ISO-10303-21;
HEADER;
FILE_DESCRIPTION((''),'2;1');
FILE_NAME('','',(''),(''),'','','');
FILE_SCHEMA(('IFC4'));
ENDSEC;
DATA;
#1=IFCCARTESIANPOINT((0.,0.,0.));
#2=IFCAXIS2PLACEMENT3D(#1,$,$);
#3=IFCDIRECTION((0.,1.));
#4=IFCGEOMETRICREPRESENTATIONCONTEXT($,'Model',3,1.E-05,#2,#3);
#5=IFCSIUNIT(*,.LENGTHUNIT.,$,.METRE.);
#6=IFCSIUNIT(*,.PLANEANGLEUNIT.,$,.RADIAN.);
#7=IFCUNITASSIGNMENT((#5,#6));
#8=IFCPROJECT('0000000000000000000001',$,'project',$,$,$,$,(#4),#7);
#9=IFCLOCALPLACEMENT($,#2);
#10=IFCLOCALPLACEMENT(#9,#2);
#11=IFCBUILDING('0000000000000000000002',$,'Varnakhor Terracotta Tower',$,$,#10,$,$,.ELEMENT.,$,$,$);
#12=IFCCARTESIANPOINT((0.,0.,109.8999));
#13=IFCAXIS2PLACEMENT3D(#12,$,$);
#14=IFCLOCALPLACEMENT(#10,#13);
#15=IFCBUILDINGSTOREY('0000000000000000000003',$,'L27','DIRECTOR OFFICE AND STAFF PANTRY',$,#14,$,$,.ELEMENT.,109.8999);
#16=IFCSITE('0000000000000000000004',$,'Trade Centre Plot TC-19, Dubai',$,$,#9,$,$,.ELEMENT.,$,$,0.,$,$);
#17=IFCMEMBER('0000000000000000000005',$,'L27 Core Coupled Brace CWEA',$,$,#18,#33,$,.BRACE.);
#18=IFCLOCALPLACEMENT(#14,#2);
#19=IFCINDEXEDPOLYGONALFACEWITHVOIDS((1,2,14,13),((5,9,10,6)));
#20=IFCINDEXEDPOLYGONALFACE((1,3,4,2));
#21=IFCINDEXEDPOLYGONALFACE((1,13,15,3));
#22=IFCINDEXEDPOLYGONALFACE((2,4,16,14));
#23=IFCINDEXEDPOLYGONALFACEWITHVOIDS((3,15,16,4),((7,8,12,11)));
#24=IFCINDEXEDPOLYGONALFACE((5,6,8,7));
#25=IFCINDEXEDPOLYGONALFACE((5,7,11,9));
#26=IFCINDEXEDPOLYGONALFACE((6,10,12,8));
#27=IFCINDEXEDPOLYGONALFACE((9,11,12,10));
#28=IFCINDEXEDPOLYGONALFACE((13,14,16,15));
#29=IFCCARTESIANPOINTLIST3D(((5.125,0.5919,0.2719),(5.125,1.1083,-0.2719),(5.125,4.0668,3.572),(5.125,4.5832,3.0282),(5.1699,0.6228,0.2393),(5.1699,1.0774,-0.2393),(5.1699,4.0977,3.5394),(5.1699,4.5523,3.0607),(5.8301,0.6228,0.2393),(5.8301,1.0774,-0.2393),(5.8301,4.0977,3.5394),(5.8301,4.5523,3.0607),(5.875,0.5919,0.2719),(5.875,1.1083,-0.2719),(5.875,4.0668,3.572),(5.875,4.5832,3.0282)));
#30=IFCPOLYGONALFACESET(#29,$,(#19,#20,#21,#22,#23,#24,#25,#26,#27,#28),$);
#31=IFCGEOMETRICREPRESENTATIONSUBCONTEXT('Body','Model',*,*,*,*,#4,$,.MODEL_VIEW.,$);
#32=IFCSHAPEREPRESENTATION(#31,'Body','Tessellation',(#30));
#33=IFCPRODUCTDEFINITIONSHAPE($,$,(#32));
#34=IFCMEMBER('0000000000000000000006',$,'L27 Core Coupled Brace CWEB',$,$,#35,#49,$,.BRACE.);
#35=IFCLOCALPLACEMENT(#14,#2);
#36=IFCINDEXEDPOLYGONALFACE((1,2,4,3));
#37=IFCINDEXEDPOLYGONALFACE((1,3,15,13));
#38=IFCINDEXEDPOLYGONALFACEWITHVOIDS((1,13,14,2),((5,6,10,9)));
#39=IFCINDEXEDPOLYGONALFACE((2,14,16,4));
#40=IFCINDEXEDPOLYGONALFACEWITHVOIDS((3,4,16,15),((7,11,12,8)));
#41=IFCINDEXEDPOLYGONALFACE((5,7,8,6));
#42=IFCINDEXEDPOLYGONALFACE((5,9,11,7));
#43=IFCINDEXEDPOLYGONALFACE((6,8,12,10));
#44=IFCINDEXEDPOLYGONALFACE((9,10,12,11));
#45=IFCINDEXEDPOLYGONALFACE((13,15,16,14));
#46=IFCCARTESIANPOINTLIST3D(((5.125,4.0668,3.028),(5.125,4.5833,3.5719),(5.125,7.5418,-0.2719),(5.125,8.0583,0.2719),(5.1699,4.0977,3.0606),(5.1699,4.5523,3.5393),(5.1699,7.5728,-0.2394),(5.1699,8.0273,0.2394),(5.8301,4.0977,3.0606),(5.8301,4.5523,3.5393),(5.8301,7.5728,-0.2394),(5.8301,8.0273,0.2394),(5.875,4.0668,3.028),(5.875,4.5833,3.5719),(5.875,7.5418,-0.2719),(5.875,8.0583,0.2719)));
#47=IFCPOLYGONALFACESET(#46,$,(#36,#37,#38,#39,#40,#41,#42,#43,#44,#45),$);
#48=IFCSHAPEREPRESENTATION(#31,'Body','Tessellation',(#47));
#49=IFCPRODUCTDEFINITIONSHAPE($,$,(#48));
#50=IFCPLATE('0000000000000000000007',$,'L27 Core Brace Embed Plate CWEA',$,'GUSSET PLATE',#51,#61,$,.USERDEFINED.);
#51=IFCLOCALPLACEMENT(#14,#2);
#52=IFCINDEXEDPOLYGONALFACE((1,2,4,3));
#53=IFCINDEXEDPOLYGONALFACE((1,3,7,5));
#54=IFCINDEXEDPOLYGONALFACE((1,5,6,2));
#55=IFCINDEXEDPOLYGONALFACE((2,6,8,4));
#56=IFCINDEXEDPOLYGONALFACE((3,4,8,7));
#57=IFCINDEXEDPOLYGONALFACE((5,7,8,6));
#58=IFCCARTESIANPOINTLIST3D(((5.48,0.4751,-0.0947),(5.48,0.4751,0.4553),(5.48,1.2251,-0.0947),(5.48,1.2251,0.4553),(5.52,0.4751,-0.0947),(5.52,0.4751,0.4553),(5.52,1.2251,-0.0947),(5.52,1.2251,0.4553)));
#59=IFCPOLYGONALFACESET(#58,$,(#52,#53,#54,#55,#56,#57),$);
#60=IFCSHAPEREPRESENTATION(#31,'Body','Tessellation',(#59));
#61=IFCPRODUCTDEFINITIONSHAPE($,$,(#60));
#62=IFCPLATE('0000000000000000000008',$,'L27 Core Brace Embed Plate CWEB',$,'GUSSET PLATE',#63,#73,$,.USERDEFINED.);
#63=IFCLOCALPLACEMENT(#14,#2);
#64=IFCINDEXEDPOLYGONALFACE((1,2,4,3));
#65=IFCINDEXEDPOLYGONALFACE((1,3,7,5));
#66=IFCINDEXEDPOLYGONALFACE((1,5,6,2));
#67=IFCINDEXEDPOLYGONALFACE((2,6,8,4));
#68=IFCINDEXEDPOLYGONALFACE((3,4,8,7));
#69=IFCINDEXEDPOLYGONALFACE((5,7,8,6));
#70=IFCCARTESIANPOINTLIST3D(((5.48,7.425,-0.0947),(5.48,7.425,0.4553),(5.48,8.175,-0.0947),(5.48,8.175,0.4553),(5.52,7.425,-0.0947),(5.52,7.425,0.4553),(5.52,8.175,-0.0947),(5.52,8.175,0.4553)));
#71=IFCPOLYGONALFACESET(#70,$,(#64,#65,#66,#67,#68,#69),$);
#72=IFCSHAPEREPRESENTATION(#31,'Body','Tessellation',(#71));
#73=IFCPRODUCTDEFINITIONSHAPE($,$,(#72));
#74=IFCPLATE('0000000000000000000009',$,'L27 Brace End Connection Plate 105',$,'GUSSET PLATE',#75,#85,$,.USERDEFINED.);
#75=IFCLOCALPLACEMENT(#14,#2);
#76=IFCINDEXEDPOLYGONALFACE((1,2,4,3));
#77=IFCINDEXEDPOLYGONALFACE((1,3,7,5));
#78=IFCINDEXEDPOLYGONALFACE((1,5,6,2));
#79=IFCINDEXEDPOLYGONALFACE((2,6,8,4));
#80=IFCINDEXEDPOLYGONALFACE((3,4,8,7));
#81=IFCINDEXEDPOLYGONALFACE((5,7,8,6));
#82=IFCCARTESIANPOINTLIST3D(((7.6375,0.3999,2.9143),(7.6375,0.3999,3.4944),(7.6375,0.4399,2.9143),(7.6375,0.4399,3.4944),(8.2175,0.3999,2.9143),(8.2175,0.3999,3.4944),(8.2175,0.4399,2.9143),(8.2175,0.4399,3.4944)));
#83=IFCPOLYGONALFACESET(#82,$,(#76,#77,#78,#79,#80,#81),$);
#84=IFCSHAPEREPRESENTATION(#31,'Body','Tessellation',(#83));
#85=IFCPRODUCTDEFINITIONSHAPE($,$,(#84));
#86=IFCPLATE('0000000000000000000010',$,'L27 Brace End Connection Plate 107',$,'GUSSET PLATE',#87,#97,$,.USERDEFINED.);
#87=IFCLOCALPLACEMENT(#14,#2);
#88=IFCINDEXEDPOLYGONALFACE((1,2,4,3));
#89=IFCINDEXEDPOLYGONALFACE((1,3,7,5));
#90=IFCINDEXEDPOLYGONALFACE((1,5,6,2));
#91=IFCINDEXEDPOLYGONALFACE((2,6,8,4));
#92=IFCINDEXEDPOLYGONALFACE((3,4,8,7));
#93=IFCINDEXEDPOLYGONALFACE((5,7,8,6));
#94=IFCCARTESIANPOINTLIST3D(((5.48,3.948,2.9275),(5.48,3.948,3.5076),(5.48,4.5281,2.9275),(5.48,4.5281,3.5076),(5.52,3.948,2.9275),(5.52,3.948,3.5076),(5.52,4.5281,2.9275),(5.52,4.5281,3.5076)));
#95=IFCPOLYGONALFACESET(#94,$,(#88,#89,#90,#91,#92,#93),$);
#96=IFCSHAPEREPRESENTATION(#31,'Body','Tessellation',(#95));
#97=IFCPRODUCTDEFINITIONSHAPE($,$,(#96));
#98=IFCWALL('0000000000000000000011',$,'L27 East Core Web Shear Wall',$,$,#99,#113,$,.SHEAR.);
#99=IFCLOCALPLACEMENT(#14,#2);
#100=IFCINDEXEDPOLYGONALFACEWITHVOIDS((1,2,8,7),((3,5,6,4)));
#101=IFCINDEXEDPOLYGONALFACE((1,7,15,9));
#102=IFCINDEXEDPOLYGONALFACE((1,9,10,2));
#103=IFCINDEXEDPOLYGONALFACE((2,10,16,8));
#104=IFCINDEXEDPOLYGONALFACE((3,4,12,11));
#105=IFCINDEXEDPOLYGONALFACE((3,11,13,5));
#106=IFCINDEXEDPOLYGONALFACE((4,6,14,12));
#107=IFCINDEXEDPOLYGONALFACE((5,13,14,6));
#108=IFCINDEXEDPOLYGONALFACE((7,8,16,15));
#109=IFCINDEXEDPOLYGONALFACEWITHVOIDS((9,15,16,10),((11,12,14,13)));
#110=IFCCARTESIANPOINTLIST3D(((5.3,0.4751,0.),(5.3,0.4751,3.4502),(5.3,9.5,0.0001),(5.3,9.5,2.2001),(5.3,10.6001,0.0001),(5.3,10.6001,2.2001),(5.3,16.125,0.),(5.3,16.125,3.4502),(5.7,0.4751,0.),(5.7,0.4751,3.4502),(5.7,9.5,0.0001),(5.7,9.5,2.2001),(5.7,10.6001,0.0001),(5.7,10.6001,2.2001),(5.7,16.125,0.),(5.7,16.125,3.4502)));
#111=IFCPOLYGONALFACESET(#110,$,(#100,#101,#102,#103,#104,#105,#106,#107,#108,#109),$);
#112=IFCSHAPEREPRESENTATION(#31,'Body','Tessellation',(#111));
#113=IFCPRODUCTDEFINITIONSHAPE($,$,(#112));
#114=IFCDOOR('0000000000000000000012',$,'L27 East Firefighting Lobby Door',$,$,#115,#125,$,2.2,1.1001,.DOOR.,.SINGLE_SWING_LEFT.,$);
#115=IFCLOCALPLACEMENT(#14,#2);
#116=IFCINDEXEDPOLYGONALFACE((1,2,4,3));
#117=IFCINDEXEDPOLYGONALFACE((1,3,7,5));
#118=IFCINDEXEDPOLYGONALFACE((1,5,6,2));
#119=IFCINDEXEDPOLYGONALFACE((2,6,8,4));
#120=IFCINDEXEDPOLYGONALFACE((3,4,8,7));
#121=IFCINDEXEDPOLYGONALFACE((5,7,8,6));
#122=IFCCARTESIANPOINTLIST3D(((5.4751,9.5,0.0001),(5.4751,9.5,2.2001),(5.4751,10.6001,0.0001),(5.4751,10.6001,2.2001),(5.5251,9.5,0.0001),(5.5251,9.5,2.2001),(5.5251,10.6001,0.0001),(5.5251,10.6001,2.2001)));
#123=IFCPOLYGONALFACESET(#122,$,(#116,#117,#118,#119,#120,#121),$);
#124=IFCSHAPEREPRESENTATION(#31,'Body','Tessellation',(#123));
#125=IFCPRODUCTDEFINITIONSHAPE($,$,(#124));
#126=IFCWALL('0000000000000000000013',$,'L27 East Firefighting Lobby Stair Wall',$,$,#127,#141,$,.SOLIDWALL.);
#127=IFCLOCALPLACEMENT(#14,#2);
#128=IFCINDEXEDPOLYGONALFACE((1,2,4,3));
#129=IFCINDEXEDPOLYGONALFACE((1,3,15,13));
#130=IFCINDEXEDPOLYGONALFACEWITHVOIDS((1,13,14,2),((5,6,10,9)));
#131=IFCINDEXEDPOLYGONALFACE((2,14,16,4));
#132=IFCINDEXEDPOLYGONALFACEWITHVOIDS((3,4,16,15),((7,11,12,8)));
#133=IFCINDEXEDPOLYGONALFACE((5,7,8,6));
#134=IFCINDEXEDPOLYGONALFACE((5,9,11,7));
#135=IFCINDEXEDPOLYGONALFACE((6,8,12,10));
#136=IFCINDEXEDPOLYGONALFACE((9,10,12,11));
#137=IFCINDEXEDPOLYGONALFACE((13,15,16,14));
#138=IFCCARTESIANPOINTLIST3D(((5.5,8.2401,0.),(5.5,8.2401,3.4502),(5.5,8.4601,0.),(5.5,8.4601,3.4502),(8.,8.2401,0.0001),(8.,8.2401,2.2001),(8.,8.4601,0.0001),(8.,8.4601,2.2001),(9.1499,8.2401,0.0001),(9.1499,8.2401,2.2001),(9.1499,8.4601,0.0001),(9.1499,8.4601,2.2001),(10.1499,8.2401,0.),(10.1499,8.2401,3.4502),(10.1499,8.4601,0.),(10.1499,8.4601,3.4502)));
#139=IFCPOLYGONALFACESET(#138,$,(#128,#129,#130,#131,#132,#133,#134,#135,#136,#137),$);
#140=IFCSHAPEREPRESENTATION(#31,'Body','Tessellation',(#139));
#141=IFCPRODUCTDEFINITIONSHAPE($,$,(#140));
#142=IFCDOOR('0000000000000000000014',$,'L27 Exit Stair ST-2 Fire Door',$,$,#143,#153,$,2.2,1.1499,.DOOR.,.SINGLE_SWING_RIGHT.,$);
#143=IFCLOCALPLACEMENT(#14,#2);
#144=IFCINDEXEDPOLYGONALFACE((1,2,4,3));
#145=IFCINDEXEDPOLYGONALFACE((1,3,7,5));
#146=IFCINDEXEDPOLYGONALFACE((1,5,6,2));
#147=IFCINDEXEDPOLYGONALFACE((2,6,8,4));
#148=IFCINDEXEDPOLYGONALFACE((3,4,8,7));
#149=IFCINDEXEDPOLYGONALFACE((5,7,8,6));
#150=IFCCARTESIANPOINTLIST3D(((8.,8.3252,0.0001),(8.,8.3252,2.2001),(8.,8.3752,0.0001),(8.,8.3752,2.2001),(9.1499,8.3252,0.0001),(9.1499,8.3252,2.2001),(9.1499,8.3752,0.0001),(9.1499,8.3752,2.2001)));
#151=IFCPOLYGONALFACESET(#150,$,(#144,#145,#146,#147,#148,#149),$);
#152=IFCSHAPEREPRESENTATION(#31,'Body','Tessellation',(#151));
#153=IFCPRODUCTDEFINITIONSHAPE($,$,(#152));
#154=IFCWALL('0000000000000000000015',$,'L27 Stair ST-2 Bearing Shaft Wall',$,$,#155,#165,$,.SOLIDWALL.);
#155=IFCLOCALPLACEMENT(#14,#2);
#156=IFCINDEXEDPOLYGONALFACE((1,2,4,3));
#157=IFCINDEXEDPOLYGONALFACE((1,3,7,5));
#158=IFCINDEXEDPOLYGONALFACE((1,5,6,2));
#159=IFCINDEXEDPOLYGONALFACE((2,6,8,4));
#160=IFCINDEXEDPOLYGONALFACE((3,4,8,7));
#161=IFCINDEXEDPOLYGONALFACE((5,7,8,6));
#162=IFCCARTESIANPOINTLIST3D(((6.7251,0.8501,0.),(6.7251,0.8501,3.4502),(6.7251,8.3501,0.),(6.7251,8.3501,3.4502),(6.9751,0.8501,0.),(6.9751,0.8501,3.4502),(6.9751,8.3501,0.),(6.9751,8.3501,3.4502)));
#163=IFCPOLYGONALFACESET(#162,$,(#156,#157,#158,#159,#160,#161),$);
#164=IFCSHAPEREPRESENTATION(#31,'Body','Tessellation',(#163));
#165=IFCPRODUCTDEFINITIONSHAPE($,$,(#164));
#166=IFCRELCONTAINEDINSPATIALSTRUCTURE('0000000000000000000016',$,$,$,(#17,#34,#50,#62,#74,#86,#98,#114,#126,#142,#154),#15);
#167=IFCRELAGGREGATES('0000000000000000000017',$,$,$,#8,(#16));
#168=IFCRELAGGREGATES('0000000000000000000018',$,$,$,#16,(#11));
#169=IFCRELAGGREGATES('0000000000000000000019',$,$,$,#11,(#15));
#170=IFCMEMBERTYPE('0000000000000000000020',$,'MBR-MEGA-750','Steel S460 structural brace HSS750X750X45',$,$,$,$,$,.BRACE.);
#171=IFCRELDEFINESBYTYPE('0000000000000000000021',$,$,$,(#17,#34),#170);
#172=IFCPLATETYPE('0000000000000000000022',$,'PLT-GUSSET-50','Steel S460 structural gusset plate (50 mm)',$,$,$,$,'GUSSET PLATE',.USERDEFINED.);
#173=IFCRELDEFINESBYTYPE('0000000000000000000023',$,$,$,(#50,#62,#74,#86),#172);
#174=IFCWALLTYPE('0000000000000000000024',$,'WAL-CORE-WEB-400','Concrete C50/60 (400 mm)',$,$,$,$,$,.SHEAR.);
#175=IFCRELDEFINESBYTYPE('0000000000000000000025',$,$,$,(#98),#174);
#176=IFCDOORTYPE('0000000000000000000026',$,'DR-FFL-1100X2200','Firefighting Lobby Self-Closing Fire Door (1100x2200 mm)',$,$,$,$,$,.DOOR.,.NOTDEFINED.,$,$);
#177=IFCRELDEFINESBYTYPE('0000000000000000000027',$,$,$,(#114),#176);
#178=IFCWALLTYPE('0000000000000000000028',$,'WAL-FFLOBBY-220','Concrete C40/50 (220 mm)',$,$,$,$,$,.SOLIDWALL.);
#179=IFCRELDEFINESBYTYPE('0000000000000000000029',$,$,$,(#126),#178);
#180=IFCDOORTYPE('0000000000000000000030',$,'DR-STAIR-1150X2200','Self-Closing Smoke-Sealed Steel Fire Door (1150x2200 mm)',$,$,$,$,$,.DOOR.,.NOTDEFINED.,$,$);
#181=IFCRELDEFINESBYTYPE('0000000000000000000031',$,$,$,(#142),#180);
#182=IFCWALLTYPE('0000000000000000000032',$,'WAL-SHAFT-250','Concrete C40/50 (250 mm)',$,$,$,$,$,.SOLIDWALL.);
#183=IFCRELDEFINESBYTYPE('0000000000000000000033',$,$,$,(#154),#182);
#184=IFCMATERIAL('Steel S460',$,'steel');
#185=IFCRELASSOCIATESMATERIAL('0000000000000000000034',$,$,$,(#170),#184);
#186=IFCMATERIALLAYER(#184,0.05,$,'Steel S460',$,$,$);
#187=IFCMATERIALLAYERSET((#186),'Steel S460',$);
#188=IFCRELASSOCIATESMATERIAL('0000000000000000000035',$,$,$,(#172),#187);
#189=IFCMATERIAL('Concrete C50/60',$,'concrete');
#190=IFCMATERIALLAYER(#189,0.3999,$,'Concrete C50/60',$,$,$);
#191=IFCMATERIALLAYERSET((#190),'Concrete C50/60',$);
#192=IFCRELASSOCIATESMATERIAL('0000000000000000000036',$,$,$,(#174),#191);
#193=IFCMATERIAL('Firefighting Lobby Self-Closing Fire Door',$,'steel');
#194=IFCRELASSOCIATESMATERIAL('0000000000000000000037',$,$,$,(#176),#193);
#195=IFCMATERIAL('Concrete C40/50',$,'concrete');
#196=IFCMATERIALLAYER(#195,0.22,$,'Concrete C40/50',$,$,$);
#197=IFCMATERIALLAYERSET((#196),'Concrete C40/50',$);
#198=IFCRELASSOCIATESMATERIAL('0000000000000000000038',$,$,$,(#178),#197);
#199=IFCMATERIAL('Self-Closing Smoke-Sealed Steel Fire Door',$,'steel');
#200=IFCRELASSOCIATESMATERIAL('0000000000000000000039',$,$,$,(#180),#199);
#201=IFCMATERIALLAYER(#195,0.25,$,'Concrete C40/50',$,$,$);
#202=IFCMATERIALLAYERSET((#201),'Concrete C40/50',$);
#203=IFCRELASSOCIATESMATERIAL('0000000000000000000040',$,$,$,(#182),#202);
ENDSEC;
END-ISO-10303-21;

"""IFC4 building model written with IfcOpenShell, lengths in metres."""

from ifc_helpers import new_model, si_unit, direction, frame, frame_2d, origin, origin_2d, place, context, subcontext, project, spatial, rectangle, hollow_rectangle, extrude, source, transform, mapped, material, layer, layer_set, material_profile, profile_set, type_object, type_shapes, element, fill, save


model = new_model("IFC4")

# Units and contexts
model_context = context("Model", 3, precision=1e-05, world=origin(), true_north=direction((0.0, 1.0)))
body_context = subcontext(model_context, "Body", "Model", "MODEL_VIEW")
ifc_project = project(units=[si_unit("LENGTHUNIT", "METRE"), si_unit("PLANEANGLEUNIT", "RADIAN")], contexts=[model_context])

# Site, building, storey
site_placement = place(None, origin())
site = spatial("IfcSite", under=ifc_project, at=site_placement, Name="Trade Centre Plot TC-19, Dubai", CompositionType="ELEMENT", RefElevation=0.0)
building_placement = place(site_placement, origin())
building = spatial("IfcBuilding", under=site, at=building_placement, Name="Varnakhor Terracotta Tower", CompositionType="ELEMENT")
storey_placement = place(building_placement, frame((0.0, 0.0, 109.8999)))
storey = spatial("IfcBuildingStorey", under=building, at=storey_placement, Name="L27", Description="DIRECTOR OFFICE AND STAFF PANTRY", CompositionType="ELEMENT", Elevation=109.8999)

# Members
ifc_material_1 = material(Name="Steel S460", Category="steel")
ifc_material_profile = material_profile(ifc_material_1, hollow_rectangle(XDim=0.75, YDim=0.75, WallThickness=0.0449, at=origin_2d()), Name="HSS750X750X45")
ifc_profile_set = profile_set([ifc_material_profile], Name="Steel S460")
member_type = type_object("IfcMemberType", Name="MBR-MEGA-750", Description="Steel S460 structural brace HSS750X750X45", PredefinedType="BRACE", material=ifc_profile_set)
shared_shape_1 = source(origin(), body_context, "Body", "SweptSolid", [
    extrude(hollow_rectangle(XDim=0.75, YDim=0.75, WallThickness=0.0449, at=origin_2d()), origin(), (0.0, 0.0, 1.0), 4.7922),
])
for number, where, z_axis, x_axis, name in (
    (1, (5.5, 0.8501, 0.0), (0.0, 0.72511, 0.688633), (-1.0, 0.0, 0.0), "L27 Core Coupled Brace CWEA"),
    (2, (5.5, 7.8, 0.0), (0.0, -0.725134, 0.688608), (1.0, 0.0, 0.0), "L27 Core Coupled Brace CWEB"),
):
    element("IfcMember", number, at=place(storey_placement, frame(where, z_axis=z_axis, x_axis=x_axis)), inside=storey, type_object=member_type, Name=name, PredefinedType="BRACE", context=body_context, shape_type="MappedRepresentation", body=[
        mapped(shared_shape_1, transform((0.0, 0.0, 0.0), scale=1.0)),
    ])

# Plates
ifc_layer_1 = layer(ifc_material_1, 0.05, Name="Steel S460")
ifc_layer_set_1 = layer_set([ifc_layer_1], Name="Steel S460")
plate_type = type_object("IfcPlateType", Name="PLT-GUSSET-50", Description="Steel S460 structural gusset plate (50 mm)", ElementType="GUSSET PLATE", PredefinedType="USERDEFINED", material=ifc_layer_set_1)
shared_shape_2 = source(origin(), body_context, "Body", "SweptSolid", [
    extrude(rectangle(XDim=0.75, YDim=0.04, at=origin_2d()), origin(), (0.0, 0.0, 1.0), 0.55),
])
type_shapes(plate_type, [shared_shape_2])
for number, where, z_axis, x_axis, name in (
    (3, (5.5, 0.8501, -0.0947), (0.0, 0.0, 1.0), (0.0, 1.0, 0.0), "L27 Core Brace Embed Plate CWEA"),
    (4, (5.5, 7.8, -0.0947), (0.0, 0.0, 1.0), (0.0, 1.0, 0.0), "L27 Core Brace Embed Plate CWEB"),
):
    element("IfcPlate", number, at=place(storey_placement, frame(where, z_axis=z_axis, x_axis=x_axis)), inside=storey, type_object=plate_type, Name=name, ObjectType="GUSSET PLATE", PredefinedType="USERDEFINED", context=body_context, shape_type="MappedRepresentation", body=[
        mapped(shared_shape_2, transform((0.0, 0.0, 0.0), scale=1.0)),
    ])
shared_shape_3 = source(origin(), body_context, "Body", "SweptSolid", [
    extrude(rectangle(XDim=0.5801, YDim=0.04, at=origin_2d()), origin(), (0.0, 0.0, 1.0), 0.5801),
])
for number, where, z_axis, x_axis, name in (
    (5, (7.9275, 0.4199, 2.9143), (0.0, 0.0, 1.0), (1.0, 0.0, 0.0), "L27 Brace End Connection Plate 105"),
    (6, (5.5, 4.238, 2.9275), (0.0, 0.0, 1.0), (0.0, 1.0, 0.0), "L27 Brace End Connection Plate 107"),
):
    element("IfcPlate", number, at=place(storey_placement, frame(where, z_axis=z_axis, x_axis=x_axis)), inside=storey, type_object=plate_type, Name=name, ObjectType="GUSSET PLATE", PredefinedType="USERDEFINED", context=body_context, shape_type="MappedRepresentation", body=[
        mapped(shared_shape_3, transform((0.0, 0.0, 0.0), scale=1.0)),
    ])

# Walls, openings, doors
ifc_material_2 = material(Name="Concrete C50/60", Category="concrete")
ifc_layer_2 = layer(ifc_material_2, 0.3999, Name="Concrete C50/60")
ifc_layer_set_2 = layer_set([ifc_layer_2], Name="Concrete C50/60")
wall_type_1 = type_object("IfcWallType", Name="WAL-CORE-WEB-400", Description="Concrete C50/60 (400 mm)", PredefinedType="SHEAR", material=ifc_layer_set_2)
wall_1_placement = place(storey_placement, frame((5.5, 0.4751, 0.0), z_axis=(0.0, 0.0, 1.0), x_axis=(0.0, 1.0, 0.0)))
wall_1 = element("IfcWall", 7, at=wall_1_placement, inside=storey, type_object=wall_type_1, Name="L27 East Core Web Shear Wall", PredefinedType="SHEAR", context=body_context, shape_type="SweptSolid", body=[
    extrude(rectangle(XDim=15.6499, YDim=0.3999, at=frame_2d((7.825, 0.0))), origin(), (0.0, 0.0, 1.0), 3.4502),
])
opening_1_placement = place(wall_1_placement, frame((9.0249, 0.0, 0.0)))
opening_1 = element("IfcOpeningElement", 8, at=opening_1_placement, cuts=wall_1, PredefinedType="OPENING", context=body_context, shape_type="SweptSolid", body=[
    extrude(rectangle(XDim=1.1001, YDim=2.2, at=frame_2d((0.55, 1.1001))), frame((0.0, 0.21, 0.0), z_axis=(0.0, -1.0, 0.0), x_axis=(1.0, 0.0, 0.0)), (0.0, 0.0, 1.0), 0.4199),
])
ifc_material_3 = material(Name="Firefighting Lobby Self-Closing Fire Door", Category="steel")
door_type_1 = type_object("IfcDoorType", Name="DR-FFL-1100X2200", Description="Firefighting Lobby Self-Closing Fire Door (1100x2200 mm)", OperationType="NOTDEFINED", PredefinedType="DOOR", material=ifc_material_3)
shared_shape_4 = source(origin(), body_context, "Body", "SweptSolid", [
    extrude(rectangle(XDim=1.1001, YDim=2.2, at=frame_2d((0.55, 1.1001))), frame((0.0, 0.0249, 0.0), z_axis=(0.0, -1.0, 0.0), x_axis=(1.0, 0.0, 0.0)), (0.0, 0.0, 1.0), 0.05),
])
type_shapes(door_type_1, [shared_shape_4])
door_1_placement = place(opening_1_placement, origin())
door_1 = element("IfcDoor", 9, at=door_1_placement, inside=storey, type_object=door_type_1, Name="L27 East Firefighting Lobby Door", OperationType="SINGLE_SWING_LEFT", OverallHeight=2.2, OverallWidth=1.1001, PredefinedType="DOOR", context=body_context, shape_type="MappedRepresentation", body=[
    mapped(shared_shape_4, transform((0.0, 0.0, 0.0), scale=1.0)),
])
fill(opening_1, door_1)
ifc_material_4 = material(Name="Concrete C40/50", Category="concrete")
ifc_layer_3 = layer(ifc_material_4, 0.22, Name="Concrete C40/50")
ifc_layer_set_3 = layer_set([ifc_layer_3], Name="Concrete C40/50")
wall_type_2 = type_object("IfcWallType", Name="WAL-FFLOBBY-220", Description="Concrete C40/50 (220 mm)", PredefinedType="SOLIDWALL", material=ifc_layer_set_3)
wall_2_placement = place(storey_placement, frame((10.1499, 8.3501, 0.0), z_axis=(0.0, 0.0, 1.0), x_axis=(-1.0, 0.0, 0.0)))
wall_2 = element("IfcWall", 10, at=wall_2_placement, inside=storey, type_object=wall_type_2, Name="L27 East Firefighting Lobby Stair Wall", PredefinedType="SOLIDWALL", context=body_context, shape_type="SweptSolid", body=[
    extrude(rectangle(XDim=4.6499, YDim=0.22, at=frame_2d((2.325, 0.0))), origin(), (0.0, 0.0, 1.0), 3.4502),
])
opening_2_placement = place(wall_2_placement, frame((1.0, 0.0, 0.0)))
opening_2 = element("IfcOpeningElement", 11, at=opening_2_placement, cuts=wall_2, PredefinedType="OPENING", context=body_context, shape_type="SweptSolid", body=[
    extrude(rectangle(XDim=1.1499, YDim=2.2, at=frame_2d((0.575, 1.1001))), frame((0.0, 0.1201, 0.0), z_axis=(0.0, -1.0, 0.0), x_axis=(1.0, 0.0, 0.0)), (0.0, 0.0, 1.0), 0.24),
])
ifc_material_5 = material(Name="Self-Closing Smoke-Sealed Steel Fire Door", Category="steel")
door_type_2 = type_object("IfcDoorType", Name="DR-STAIR-1150X2200", Description="Self-Closing Smoke-Sealed Steel Fire Door (1150x2200 mm)", OperationType="NOTDEFINED", PredefinedType="DOOR", material=ifc_material_5)
shared_shape_5 = source(origin(), body_context, "Body", "SweptSolid", [
    extrude(rectangle(XDim=1.1499, YDim=2.2, at=frame_2d((0.575, 1.1001))), frame((0.0, 0.0249, 0.0), z_axis=(0.0, -1.0, 0.0), x_axis=(1.0, 0.0, 0.0)), (0.0, 0.0, 1.0), 0.05),
])
type_shapes(door_type_2, [shared_shape_5])
door_2_placement = place(opening_2_placement, origin())
door_2 = element("IfcDoor", 12, at=door_2_placement, inside=storey, type_object=door_type_2, Name="L27 Exit Stair ST-2 Fire Door", OperationType="SINGLE_SWING_RIGHT", OverallHeight=2.2, OverallWidth=1.1499, PredefinedType="DOOR", context=body_context, shape_type="MappedRepresentation", body=[
    mapped(shared_shape_5, transform((0.0, 0.0, 0.0), scale=1.0)),
])
fill(opening_2, door_2)

# Wall
ifc_layer_4 = layer(ifc_material_4, 0.25, Name="Concrete C40/50")
ifc_layer_set_4 = layer_set([ifc_layer_4], Name="Concrete C40/50")
wall_type_3 = type_object("IfcWallType", Name="WAL-SHAFT-250", Description="Concrete C40/50 (250 mm)", PredefinedType="SOLIDWALL", material=ifc_layer_set_4)
wall_3_placement = place(storey_placement, frame((6.8501, 0.8501, 0.0), z_axis=(0.0, 0.0, 1.0), x_axis=(0.0, 1.0, 0.0)))
element("IfcWall", 13, at=wall_3_placement, inside=storey, type_object=wall_type_3, Name="L27 Stair ST-2 Bearing Shaft Wall", PredefinedType="SOLIDWALL", context=body_context, shape_type="SweptSolid", body=[
    extrude(rectangle(XDim=7.5, YDim=0.25, at=frame_2d((3.75, 0.0))), origin(), (0.0, 0.0, 1.0), 3.4502),
])

save(model, "model.ifc")
